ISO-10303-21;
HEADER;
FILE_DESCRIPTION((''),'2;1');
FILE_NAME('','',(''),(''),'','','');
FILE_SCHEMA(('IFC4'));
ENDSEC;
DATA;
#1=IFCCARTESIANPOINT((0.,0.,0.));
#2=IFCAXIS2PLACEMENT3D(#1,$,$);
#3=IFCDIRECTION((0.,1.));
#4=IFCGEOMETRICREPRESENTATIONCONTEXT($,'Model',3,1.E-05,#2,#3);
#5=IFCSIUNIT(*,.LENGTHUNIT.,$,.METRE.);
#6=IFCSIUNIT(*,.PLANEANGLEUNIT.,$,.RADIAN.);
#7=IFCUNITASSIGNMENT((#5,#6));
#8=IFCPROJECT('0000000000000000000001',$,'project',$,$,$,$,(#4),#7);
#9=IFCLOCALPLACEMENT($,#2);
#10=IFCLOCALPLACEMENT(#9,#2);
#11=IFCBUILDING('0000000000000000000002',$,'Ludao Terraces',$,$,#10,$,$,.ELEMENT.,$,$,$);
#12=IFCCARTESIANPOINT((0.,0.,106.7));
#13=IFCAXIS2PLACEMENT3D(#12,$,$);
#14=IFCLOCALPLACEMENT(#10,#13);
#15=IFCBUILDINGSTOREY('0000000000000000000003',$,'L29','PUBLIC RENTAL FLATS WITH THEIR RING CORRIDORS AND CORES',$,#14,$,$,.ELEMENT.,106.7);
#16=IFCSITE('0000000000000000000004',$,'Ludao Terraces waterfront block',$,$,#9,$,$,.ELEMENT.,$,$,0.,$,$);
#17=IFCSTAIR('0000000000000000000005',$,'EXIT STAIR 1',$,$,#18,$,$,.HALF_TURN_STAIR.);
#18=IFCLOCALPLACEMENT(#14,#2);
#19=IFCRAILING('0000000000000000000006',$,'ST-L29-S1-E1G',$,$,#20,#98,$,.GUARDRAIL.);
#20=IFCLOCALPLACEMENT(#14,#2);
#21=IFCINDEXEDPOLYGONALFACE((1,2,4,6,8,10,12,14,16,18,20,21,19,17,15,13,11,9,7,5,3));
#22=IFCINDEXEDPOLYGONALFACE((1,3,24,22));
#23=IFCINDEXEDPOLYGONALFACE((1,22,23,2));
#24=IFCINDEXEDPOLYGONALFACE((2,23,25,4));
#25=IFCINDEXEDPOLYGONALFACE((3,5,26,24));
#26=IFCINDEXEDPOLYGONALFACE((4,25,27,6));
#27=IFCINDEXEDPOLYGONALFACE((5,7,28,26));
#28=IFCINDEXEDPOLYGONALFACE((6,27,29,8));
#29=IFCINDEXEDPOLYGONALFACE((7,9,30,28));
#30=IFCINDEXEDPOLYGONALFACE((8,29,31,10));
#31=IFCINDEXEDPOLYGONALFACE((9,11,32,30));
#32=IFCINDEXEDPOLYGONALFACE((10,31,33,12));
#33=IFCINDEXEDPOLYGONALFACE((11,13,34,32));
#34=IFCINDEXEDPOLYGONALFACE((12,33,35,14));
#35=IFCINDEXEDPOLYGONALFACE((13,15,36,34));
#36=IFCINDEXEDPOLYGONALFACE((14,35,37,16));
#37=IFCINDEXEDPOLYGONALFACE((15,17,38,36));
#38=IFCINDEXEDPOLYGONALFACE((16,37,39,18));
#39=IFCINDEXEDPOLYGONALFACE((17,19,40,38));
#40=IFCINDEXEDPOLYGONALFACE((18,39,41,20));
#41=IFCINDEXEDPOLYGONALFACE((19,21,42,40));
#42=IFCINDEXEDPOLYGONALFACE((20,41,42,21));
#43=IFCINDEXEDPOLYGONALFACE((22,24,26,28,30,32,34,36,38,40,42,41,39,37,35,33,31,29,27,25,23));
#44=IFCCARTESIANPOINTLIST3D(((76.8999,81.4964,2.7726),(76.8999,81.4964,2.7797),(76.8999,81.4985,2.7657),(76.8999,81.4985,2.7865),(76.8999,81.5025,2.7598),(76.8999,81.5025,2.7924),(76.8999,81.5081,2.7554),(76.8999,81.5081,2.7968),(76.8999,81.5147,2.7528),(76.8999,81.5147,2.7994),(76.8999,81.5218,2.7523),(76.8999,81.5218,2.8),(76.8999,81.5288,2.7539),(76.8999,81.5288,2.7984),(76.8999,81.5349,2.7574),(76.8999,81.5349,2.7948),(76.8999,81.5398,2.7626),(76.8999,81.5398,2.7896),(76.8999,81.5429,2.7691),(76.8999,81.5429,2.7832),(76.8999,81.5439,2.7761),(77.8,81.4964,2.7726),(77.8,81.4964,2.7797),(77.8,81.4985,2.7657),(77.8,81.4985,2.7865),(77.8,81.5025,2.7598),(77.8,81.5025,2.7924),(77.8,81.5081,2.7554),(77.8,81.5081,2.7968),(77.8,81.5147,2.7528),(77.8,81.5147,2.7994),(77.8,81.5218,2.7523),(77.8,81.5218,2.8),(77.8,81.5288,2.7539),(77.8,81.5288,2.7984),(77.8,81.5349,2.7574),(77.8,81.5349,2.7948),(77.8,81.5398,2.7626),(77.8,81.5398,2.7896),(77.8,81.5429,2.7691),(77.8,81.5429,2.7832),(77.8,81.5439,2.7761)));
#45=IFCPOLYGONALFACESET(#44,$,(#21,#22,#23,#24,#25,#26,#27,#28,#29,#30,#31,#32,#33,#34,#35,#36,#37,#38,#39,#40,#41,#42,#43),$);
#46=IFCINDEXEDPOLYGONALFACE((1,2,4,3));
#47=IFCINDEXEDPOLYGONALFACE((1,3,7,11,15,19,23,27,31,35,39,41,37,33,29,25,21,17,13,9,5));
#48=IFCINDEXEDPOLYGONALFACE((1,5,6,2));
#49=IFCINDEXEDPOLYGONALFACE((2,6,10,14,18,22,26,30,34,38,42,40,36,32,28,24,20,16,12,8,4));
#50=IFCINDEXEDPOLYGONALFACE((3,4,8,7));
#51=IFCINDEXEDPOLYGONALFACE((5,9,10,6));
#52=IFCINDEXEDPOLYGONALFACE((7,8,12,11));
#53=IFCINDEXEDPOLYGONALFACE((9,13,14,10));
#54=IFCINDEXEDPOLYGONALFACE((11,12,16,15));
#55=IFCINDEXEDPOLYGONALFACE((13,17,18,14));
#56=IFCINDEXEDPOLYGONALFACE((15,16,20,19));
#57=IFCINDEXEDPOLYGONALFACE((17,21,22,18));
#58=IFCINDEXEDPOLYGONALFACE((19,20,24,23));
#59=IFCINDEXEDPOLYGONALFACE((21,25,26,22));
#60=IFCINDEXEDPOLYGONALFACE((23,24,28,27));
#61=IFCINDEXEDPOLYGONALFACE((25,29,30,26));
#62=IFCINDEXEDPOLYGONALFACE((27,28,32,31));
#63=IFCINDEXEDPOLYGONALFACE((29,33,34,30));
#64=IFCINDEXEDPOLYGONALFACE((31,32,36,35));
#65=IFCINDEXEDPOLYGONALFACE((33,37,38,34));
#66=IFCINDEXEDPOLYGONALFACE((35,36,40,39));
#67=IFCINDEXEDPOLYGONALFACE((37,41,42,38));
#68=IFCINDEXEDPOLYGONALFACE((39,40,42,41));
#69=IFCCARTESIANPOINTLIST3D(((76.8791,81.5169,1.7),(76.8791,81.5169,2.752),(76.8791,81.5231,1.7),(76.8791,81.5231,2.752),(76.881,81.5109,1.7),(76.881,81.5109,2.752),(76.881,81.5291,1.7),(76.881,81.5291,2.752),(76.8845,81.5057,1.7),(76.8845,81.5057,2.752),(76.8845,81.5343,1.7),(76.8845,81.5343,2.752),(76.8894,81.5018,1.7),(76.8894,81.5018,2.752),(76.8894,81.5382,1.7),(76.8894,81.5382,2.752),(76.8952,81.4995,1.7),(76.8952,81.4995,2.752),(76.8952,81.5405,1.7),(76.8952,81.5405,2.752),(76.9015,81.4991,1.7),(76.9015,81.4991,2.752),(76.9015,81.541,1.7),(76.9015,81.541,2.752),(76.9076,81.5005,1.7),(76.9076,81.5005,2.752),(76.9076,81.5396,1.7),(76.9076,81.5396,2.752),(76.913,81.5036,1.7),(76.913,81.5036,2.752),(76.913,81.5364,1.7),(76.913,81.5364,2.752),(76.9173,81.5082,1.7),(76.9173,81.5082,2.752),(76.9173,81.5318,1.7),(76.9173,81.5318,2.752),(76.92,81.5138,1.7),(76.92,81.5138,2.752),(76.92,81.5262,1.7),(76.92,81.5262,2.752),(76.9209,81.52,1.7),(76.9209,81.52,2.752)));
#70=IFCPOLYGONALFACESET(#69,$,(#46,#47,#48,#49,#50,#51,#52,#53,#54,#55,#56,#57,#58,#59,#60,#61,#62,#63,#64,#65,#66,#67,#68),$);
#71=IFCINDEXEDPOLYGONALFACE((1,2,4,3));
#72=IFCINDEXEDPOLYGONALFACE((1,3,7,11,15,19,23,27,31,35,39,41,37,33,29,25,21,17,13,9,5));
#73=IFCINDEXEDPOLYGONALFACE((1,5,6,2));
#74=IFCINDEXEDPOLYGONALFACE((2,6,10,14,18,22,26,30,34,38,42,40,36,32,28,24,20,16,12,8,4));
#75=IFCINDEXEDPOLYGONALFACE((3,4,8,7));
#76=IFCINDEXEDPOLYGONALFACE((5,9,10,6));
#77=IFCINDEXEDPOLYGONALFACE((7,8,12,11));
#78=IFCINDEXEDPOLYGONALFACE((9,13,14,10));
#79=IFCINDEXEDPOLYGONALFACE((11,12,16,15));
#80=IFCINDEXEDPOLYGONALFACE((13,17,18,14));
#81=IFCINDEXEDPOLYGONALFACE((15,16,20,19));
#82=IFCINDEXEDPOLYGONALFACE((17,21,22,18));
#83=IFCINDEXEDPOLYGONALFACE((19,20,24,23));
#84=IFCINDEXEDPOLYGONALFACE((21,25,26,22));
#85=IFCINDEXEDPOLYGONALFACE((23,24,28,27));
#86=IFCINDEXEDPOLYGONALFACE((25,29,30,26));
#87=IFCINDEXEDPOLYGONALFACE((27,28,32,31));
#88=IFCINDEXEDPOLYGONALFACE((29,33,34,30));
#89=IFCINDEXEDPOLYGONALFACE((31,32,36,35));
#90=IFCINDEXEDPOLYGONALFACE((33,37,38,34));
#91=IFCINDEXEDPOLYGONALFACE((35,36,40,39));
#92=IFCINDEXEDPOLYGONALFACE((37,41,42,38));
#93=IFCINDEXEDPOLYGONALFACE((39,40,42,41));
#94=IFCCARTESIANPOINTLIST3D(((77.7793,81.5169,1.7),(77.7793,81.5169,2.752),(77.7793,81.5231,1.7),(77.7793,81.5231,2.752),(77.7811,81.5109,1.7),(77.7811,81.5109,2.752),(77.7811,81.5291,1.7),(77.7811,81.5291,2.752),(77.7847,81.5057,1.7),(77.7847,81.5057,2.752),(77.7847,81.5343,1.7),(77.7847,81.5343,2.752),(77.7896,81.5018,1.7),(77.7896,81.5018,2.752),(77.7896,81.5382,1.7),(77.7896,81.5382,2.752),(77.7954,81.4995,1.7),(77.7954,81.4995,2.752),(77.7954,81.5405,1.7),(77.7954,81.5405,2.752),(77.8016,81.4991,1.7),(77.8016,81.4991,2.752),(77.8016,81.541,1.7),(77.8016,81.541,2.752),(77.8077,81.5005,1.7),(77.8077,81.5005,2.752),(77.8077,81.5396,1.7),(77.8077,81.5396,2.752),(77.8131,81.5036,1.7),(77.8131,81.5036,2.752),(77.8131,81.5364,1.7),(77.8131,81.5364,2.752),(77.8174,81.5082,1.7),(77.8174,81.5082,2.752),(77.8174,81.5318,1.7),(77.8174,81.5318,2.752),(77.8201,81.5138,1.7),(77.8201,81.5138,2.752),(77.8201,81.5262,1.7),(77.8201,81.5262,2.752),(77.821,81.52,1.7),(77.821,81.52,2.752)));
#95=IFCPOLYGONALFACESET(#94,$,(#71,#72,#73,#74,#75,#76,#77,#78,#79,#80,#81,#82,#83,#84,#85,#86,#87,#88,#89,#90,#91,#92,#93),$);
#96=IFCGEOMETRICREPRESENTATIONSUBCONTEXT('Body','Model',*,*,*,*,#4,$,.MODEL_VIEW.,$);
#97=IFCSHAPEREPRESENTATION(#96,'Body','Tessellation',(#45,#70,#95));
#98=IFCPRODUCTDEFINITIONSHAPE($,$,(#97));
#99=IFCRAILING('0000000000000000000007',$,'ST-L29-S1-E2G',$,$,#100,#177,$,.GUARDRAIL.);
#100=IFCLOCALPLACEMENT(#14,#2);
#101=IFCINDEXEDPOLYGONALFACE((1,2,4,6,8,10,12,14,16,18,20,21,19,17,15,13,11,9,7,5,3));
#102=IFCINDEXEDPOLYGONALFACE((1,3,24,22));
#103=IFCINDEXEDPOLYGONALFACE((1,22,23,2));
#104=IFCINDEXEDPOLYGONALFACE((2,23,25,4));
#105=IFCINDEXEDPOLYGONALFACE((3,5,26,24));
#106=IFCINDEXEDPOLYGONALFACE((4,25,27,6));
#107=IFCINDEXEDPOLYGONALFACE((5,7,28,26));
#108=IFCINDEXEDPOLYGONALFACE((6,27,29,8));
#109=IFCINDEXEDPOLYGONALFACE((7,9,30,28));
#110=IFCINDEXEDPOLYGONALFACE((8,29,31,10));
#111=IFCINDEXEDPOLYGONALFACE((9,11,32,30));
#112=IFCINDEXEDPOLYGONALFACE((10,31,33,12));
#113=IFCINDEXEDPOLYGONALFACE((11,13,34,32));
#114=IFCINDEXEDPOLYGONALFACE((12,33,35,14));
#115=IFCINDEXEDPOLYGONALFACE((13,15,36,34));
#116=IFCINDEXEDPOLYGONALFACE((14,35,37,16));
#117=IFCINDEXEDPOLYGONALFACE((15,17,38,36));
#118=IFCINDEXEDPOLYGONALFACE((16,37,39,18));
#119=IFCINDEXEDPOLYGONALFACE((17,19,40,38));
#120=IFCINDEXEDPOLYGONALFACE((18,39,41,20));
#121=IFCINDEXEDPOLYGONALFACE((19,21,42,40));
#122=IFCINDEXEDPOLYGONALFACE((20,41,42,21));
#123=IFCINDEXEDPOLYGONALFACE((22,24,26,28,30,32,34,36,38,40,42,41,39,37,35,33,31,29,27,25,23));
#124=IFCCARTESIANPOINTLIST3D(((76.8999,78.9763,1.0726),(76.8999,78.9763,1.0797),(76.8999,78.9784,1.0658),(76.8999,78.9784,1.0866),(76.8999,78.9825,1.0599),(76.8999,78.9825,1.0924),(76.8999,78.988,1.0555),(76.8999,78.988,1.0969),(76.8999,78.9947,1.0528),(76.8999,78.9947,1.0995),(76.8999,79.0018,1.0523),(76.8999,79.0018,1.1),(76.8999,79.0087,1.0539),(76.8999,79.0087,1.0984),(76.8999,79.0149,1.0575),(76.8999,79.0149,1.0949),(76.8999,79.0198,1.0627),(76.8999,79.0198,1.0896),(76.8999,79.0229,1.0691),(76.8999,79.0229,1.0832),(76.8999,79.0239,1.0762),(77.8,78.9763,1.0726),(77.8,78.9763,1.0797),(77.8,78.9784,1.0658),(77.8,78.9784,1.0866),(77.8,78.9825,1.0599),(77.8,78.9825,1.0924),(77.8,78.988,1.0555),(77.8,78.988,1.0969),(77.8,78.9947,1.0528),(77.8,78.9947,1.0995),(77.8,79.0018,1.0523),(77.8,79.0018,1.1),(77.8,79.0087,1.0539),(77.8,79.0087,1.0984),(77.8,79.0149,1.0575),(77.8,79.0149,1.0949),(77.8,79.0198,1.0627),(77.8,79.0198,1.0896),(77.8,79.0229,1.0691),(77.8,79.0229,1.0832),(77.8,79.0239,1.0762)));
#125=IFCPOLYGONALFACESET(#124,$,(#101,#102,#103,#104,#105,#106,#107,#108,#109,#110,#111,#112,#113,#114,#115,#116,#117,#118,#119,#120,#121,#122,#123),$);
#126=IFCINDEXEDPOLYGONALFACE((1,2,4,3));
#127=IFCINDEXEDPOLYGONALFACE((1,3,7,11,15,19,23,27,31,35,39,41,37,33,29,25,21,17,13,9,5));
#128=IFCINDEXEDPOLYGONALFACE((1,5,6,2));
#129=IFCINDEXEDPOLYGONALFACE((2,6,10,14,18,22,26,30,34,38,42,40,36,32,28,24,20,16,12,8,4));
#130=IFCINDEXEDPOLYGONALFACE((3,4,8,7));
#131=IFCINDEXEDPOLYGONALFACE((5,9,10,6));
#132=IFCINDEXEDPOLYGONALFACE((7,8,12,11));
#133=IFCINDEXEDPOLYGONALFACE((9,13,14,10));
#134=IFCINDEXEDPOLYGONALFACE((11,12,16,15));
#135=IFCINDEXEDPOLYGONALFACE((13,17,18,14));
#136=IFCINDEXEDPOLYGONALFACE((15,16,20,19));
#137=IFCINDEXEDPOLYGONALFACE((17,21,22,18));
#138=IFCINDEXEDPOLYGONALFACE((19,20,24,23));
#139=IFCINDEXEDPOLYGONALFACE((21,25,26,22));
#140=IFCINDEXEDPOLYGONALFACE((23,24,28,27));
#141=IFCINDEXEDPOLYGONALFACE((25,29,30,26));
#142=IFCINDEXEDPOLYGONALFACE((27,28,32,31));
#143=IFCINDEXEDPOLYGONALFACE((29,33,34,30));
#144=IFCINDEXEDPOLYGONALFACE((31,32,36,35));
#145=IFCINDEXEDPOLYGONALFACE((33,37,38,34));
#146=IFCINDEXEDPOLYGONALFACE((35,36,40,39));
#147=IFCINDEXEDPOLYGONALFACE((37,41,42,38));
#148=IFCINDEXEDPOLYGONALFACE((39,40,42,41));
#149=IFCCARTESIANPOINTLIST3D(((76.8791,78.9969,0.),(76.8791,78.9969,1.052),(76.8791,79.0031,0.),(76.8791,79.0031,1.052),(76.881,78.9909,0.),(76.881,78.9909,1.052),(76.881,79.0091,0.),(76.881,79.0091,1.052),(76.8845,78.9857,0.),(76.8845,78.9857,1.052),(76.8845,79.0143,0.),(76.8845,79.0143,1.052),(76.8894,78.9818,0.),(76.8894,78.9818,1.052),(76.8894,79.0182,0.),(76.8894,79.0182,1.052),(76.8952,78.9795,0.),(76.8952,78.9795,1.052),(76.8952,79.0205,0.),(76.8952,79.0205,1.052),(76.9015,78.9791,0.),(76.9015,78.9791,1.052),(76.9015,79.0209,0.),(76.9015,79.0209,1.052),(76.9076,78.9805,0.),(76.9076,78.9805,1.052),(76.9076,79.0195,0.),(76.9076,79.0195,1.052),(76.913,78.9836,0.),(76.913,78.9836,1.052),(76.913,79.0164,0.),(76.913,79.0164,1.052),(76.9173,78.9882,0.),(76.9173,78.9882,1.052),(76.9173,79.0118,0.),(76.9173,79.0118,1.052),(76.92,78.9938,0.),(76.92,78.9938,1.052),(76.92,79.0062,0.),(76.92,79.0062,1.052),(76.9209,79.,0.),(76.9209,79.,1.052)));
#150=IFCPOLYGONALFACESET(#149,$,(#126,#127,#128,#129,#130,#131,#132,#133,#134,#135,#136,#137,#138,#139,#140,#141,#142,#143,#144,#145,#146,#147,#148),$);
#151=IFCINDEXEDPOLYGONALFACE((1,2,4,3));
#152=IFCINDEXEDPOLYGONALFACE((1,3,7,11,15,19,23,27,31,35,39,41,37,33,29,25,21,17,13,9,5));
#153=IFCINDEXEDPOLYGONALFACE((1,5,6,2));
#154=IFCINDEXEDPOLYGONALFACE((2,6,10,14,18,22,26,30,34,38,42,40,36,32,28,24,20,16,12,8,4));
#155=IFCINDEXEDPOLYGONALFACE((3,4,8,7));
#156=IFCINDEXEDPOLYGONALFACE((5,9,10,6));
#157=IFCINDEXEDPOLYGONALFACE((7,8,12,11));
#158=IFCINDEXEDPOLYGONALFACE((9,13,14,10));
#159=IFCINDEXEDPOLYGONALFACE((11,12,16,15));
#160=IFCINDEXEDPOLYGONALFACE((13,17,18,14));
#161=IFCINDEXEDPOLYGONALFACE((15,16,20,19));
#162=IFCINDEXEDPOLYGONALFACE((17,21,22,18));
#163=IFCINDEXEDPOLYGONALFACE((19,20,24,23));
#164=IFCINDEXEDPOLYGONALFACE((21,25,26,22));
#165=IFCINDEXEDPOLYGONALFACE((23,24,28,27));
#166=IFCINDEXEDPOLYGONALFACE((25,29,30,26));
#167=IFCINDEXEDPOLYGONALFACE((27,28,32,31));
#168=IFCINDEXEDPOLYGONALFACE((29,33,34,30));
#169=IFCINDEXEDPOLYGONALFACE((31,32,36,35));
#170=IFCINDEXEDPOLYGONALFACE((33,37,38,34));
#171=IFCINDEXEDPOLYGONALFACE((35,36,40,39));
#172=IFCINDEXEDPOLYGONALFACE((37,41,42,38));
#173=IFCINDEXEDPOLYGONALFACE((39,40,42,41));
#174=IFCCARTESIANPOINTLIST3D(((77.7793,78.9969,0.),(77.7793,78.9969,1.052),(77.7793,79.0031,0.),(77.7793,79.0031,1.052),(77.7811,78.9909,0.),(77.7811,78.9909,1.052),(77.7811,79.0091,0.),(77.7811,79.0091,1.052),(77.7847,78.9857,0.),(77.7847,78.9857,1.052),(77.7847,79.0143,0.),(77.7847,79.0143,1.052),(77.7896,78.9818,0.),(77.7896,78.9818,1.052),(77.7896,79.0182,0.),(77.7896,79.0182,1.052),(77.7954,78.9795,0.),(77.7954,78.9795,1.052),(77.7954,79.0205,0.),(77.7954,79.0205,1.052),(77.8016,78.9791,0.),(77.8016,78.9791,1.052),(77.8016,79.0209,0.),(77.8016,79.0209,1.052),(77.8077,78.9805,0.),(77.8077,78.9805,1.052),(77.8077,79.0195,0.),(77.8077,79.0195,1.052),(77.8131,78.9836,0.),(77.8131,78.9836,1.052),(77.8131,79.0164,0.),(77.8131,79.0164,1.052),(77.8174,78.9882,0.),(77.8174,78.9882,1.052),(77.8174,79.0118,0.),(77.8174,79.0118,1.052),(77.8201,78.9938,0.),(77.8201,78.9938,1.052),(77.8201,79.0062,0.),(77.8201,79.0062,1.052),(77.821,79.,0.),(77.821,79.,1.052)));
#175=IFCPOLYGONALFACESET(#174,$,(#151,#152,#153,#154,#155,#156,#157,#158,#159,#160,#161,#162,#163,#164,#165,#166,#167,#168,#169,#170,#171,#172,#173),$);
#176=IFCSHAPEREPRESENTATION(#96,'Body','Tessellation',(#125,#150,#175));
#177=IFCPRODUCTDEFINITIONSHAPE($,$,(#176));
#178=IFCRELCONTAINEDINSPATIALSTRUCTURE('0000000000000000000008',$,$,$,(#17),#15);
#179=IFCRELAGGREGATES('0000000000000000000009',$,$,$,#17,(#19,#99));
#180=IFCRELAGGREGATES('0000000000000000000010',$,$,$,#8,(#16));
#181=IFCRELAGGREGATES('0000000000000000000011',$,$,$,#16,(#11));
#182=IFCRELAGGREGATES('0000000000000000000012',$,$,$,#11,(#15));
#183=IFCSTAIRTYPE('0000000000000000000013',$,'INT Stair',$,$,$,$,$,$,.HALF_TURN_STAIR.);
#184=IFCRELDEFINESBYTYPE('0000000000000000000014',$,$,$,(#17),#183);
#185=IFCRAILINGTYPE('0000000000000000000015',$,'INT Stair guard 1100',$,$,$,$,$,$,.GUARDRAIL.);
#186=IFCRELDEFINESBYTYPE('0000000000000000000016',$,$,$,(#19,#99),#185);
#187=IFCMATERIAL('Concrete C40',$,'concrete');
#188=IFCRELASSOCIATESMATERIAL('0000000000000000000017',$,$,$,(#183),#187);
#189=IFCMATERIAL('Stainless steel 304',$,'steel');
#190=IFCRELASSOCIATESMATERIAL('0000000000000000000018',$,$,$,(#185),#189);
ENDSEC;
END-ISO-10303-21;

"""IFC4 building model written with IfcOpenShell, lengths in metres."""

from ifc_helpers import new_model, si_unit, direction, frame, origin, origin_2d, place, context, subcontext, project, spatial, circle, extrude, material, type_object, element, aggregate, save


model = new_model("IFC4")

# Units and contexts
model_context = context("Model", 3, precision=1e-05, world=origin(), true_north=direction((0.0, 1.0)))
body_context = subcontext(model_context, "Body", "Model", "MODEL_VIEW")
ifc_project = project(units=[si_unit("LENGTHUNIT", "METRE"), si_unit("PLANEANGLEUNIT", "RADIAN")], contexts=[model_context])

# Site, building, storey
site_placement = place(None, origin())
site = spatial("IfcSite", under=ifc_project, at=site_placement, Name="Ludao Terraces waterfront block", CompositionType="ELEMENT", RefElevation=0.0)
building_placement = place(site_placement, origin())
building = spatial("IfcBuilding", under=site, at=building_placement, Name="Ludao Terraces", CompositionType="ELEMENT")
storey_placement = place(building_placement, frame((0.0, 0.0, 106.7)))
storey = spatial("IfcBuildingStorey", under=building, at=storey_placement, Name="L29", Description="PUBLIC RENTAL FLATS WITH THEIR RING CORRIDORS AND CORES", CompositionType="ELEMENT", Elevation=106.7)

# Stair, railings
ifc_material_1 = material(Name="Concrete C40", Category="concrete")
stair_type = type_object("IfcStairType", Name="INT Stair", PredefinedType="HALF_TURN_STAIR", material=ifc_material_1)
stair_placement = place(storey_placement, origin())
stair = element("IfcStair", 1, at=stair_placement, inside=storey, type_object=stair_type, Name="EXIT STAIR 1", PredefinedType="HALF_TURN_STAIR")
ifc_material_2 = material(Name="Stainless steel 304", Category="steel")
railing_type_1 = type_object("IfcRailingType", Name="INT Stair guard 1100", PredefinedType="GUARDRAIL", material=ifc_material_2)
railing_1_placement = place(storey_placement, frame((76.8999, 81.52, 1.7)))
railing_1 = element("IfcRailing", 2, at=railing_1_placement, type_object=railing_type_1, Name="ST-L29-S1-E1G", PredefinedType="GUARDRAIL", context=body_context, shape_type="SweptSolid", body=[
    extrude(circle(Radius=0.0239, at=origin_2d()), frame((0.0, 0.0, 1.0762), z_axis=(1.0, 0.0, 0.0), x_axis=(0.0, 1.0, 0.0)), (0.0, 0.0, 1.0), 0.9001),
    extrude(circle(Radius=0.021, at=origin_2d()), origin(), (0.0, 0.0, 1.0), 1.052),
    extrude(circle(Radius=0.021, at=origin_2d()), frame((0.9001, 0.0, 0.0)), (0.0, 0.0, 1.0), 1.052),
])
railing_2_placement = place(storey_placement, frame((76.8999, 79.0, 0.0)))
railing_2 = element("IfcRailing", 3, at=railing_2_placement, type_object=railing_type_1, Name="ST-L29-S1-E2G", PredefinedType="GUARDRAIL", context=body_context, shape_type="SweptSolid", body=[
    extrude(circle(Radius=0.0239, at=origin_2d()), frame((0.0, 0.0, 1.0762), z_axis=(1.0, 0.0, 0.0), x_axis=(0.0, 1.0, 0.0)), (0.0, 0.0, 1.0), 0.9001),
    extrude(circle(Radius=0.021, at=origin_2d()), origin(), (0.0, 0.0, 1.0), 1.052),
    extrude(circle(Radius=0.021, at=origin_2d()), frame((0.9001, 0.0, 0.0)), (0.0, 0.0, 1.0), 1.052),
])
aggregate(stair, [railing_1, railing_2])

save(model, "model.ifc")
